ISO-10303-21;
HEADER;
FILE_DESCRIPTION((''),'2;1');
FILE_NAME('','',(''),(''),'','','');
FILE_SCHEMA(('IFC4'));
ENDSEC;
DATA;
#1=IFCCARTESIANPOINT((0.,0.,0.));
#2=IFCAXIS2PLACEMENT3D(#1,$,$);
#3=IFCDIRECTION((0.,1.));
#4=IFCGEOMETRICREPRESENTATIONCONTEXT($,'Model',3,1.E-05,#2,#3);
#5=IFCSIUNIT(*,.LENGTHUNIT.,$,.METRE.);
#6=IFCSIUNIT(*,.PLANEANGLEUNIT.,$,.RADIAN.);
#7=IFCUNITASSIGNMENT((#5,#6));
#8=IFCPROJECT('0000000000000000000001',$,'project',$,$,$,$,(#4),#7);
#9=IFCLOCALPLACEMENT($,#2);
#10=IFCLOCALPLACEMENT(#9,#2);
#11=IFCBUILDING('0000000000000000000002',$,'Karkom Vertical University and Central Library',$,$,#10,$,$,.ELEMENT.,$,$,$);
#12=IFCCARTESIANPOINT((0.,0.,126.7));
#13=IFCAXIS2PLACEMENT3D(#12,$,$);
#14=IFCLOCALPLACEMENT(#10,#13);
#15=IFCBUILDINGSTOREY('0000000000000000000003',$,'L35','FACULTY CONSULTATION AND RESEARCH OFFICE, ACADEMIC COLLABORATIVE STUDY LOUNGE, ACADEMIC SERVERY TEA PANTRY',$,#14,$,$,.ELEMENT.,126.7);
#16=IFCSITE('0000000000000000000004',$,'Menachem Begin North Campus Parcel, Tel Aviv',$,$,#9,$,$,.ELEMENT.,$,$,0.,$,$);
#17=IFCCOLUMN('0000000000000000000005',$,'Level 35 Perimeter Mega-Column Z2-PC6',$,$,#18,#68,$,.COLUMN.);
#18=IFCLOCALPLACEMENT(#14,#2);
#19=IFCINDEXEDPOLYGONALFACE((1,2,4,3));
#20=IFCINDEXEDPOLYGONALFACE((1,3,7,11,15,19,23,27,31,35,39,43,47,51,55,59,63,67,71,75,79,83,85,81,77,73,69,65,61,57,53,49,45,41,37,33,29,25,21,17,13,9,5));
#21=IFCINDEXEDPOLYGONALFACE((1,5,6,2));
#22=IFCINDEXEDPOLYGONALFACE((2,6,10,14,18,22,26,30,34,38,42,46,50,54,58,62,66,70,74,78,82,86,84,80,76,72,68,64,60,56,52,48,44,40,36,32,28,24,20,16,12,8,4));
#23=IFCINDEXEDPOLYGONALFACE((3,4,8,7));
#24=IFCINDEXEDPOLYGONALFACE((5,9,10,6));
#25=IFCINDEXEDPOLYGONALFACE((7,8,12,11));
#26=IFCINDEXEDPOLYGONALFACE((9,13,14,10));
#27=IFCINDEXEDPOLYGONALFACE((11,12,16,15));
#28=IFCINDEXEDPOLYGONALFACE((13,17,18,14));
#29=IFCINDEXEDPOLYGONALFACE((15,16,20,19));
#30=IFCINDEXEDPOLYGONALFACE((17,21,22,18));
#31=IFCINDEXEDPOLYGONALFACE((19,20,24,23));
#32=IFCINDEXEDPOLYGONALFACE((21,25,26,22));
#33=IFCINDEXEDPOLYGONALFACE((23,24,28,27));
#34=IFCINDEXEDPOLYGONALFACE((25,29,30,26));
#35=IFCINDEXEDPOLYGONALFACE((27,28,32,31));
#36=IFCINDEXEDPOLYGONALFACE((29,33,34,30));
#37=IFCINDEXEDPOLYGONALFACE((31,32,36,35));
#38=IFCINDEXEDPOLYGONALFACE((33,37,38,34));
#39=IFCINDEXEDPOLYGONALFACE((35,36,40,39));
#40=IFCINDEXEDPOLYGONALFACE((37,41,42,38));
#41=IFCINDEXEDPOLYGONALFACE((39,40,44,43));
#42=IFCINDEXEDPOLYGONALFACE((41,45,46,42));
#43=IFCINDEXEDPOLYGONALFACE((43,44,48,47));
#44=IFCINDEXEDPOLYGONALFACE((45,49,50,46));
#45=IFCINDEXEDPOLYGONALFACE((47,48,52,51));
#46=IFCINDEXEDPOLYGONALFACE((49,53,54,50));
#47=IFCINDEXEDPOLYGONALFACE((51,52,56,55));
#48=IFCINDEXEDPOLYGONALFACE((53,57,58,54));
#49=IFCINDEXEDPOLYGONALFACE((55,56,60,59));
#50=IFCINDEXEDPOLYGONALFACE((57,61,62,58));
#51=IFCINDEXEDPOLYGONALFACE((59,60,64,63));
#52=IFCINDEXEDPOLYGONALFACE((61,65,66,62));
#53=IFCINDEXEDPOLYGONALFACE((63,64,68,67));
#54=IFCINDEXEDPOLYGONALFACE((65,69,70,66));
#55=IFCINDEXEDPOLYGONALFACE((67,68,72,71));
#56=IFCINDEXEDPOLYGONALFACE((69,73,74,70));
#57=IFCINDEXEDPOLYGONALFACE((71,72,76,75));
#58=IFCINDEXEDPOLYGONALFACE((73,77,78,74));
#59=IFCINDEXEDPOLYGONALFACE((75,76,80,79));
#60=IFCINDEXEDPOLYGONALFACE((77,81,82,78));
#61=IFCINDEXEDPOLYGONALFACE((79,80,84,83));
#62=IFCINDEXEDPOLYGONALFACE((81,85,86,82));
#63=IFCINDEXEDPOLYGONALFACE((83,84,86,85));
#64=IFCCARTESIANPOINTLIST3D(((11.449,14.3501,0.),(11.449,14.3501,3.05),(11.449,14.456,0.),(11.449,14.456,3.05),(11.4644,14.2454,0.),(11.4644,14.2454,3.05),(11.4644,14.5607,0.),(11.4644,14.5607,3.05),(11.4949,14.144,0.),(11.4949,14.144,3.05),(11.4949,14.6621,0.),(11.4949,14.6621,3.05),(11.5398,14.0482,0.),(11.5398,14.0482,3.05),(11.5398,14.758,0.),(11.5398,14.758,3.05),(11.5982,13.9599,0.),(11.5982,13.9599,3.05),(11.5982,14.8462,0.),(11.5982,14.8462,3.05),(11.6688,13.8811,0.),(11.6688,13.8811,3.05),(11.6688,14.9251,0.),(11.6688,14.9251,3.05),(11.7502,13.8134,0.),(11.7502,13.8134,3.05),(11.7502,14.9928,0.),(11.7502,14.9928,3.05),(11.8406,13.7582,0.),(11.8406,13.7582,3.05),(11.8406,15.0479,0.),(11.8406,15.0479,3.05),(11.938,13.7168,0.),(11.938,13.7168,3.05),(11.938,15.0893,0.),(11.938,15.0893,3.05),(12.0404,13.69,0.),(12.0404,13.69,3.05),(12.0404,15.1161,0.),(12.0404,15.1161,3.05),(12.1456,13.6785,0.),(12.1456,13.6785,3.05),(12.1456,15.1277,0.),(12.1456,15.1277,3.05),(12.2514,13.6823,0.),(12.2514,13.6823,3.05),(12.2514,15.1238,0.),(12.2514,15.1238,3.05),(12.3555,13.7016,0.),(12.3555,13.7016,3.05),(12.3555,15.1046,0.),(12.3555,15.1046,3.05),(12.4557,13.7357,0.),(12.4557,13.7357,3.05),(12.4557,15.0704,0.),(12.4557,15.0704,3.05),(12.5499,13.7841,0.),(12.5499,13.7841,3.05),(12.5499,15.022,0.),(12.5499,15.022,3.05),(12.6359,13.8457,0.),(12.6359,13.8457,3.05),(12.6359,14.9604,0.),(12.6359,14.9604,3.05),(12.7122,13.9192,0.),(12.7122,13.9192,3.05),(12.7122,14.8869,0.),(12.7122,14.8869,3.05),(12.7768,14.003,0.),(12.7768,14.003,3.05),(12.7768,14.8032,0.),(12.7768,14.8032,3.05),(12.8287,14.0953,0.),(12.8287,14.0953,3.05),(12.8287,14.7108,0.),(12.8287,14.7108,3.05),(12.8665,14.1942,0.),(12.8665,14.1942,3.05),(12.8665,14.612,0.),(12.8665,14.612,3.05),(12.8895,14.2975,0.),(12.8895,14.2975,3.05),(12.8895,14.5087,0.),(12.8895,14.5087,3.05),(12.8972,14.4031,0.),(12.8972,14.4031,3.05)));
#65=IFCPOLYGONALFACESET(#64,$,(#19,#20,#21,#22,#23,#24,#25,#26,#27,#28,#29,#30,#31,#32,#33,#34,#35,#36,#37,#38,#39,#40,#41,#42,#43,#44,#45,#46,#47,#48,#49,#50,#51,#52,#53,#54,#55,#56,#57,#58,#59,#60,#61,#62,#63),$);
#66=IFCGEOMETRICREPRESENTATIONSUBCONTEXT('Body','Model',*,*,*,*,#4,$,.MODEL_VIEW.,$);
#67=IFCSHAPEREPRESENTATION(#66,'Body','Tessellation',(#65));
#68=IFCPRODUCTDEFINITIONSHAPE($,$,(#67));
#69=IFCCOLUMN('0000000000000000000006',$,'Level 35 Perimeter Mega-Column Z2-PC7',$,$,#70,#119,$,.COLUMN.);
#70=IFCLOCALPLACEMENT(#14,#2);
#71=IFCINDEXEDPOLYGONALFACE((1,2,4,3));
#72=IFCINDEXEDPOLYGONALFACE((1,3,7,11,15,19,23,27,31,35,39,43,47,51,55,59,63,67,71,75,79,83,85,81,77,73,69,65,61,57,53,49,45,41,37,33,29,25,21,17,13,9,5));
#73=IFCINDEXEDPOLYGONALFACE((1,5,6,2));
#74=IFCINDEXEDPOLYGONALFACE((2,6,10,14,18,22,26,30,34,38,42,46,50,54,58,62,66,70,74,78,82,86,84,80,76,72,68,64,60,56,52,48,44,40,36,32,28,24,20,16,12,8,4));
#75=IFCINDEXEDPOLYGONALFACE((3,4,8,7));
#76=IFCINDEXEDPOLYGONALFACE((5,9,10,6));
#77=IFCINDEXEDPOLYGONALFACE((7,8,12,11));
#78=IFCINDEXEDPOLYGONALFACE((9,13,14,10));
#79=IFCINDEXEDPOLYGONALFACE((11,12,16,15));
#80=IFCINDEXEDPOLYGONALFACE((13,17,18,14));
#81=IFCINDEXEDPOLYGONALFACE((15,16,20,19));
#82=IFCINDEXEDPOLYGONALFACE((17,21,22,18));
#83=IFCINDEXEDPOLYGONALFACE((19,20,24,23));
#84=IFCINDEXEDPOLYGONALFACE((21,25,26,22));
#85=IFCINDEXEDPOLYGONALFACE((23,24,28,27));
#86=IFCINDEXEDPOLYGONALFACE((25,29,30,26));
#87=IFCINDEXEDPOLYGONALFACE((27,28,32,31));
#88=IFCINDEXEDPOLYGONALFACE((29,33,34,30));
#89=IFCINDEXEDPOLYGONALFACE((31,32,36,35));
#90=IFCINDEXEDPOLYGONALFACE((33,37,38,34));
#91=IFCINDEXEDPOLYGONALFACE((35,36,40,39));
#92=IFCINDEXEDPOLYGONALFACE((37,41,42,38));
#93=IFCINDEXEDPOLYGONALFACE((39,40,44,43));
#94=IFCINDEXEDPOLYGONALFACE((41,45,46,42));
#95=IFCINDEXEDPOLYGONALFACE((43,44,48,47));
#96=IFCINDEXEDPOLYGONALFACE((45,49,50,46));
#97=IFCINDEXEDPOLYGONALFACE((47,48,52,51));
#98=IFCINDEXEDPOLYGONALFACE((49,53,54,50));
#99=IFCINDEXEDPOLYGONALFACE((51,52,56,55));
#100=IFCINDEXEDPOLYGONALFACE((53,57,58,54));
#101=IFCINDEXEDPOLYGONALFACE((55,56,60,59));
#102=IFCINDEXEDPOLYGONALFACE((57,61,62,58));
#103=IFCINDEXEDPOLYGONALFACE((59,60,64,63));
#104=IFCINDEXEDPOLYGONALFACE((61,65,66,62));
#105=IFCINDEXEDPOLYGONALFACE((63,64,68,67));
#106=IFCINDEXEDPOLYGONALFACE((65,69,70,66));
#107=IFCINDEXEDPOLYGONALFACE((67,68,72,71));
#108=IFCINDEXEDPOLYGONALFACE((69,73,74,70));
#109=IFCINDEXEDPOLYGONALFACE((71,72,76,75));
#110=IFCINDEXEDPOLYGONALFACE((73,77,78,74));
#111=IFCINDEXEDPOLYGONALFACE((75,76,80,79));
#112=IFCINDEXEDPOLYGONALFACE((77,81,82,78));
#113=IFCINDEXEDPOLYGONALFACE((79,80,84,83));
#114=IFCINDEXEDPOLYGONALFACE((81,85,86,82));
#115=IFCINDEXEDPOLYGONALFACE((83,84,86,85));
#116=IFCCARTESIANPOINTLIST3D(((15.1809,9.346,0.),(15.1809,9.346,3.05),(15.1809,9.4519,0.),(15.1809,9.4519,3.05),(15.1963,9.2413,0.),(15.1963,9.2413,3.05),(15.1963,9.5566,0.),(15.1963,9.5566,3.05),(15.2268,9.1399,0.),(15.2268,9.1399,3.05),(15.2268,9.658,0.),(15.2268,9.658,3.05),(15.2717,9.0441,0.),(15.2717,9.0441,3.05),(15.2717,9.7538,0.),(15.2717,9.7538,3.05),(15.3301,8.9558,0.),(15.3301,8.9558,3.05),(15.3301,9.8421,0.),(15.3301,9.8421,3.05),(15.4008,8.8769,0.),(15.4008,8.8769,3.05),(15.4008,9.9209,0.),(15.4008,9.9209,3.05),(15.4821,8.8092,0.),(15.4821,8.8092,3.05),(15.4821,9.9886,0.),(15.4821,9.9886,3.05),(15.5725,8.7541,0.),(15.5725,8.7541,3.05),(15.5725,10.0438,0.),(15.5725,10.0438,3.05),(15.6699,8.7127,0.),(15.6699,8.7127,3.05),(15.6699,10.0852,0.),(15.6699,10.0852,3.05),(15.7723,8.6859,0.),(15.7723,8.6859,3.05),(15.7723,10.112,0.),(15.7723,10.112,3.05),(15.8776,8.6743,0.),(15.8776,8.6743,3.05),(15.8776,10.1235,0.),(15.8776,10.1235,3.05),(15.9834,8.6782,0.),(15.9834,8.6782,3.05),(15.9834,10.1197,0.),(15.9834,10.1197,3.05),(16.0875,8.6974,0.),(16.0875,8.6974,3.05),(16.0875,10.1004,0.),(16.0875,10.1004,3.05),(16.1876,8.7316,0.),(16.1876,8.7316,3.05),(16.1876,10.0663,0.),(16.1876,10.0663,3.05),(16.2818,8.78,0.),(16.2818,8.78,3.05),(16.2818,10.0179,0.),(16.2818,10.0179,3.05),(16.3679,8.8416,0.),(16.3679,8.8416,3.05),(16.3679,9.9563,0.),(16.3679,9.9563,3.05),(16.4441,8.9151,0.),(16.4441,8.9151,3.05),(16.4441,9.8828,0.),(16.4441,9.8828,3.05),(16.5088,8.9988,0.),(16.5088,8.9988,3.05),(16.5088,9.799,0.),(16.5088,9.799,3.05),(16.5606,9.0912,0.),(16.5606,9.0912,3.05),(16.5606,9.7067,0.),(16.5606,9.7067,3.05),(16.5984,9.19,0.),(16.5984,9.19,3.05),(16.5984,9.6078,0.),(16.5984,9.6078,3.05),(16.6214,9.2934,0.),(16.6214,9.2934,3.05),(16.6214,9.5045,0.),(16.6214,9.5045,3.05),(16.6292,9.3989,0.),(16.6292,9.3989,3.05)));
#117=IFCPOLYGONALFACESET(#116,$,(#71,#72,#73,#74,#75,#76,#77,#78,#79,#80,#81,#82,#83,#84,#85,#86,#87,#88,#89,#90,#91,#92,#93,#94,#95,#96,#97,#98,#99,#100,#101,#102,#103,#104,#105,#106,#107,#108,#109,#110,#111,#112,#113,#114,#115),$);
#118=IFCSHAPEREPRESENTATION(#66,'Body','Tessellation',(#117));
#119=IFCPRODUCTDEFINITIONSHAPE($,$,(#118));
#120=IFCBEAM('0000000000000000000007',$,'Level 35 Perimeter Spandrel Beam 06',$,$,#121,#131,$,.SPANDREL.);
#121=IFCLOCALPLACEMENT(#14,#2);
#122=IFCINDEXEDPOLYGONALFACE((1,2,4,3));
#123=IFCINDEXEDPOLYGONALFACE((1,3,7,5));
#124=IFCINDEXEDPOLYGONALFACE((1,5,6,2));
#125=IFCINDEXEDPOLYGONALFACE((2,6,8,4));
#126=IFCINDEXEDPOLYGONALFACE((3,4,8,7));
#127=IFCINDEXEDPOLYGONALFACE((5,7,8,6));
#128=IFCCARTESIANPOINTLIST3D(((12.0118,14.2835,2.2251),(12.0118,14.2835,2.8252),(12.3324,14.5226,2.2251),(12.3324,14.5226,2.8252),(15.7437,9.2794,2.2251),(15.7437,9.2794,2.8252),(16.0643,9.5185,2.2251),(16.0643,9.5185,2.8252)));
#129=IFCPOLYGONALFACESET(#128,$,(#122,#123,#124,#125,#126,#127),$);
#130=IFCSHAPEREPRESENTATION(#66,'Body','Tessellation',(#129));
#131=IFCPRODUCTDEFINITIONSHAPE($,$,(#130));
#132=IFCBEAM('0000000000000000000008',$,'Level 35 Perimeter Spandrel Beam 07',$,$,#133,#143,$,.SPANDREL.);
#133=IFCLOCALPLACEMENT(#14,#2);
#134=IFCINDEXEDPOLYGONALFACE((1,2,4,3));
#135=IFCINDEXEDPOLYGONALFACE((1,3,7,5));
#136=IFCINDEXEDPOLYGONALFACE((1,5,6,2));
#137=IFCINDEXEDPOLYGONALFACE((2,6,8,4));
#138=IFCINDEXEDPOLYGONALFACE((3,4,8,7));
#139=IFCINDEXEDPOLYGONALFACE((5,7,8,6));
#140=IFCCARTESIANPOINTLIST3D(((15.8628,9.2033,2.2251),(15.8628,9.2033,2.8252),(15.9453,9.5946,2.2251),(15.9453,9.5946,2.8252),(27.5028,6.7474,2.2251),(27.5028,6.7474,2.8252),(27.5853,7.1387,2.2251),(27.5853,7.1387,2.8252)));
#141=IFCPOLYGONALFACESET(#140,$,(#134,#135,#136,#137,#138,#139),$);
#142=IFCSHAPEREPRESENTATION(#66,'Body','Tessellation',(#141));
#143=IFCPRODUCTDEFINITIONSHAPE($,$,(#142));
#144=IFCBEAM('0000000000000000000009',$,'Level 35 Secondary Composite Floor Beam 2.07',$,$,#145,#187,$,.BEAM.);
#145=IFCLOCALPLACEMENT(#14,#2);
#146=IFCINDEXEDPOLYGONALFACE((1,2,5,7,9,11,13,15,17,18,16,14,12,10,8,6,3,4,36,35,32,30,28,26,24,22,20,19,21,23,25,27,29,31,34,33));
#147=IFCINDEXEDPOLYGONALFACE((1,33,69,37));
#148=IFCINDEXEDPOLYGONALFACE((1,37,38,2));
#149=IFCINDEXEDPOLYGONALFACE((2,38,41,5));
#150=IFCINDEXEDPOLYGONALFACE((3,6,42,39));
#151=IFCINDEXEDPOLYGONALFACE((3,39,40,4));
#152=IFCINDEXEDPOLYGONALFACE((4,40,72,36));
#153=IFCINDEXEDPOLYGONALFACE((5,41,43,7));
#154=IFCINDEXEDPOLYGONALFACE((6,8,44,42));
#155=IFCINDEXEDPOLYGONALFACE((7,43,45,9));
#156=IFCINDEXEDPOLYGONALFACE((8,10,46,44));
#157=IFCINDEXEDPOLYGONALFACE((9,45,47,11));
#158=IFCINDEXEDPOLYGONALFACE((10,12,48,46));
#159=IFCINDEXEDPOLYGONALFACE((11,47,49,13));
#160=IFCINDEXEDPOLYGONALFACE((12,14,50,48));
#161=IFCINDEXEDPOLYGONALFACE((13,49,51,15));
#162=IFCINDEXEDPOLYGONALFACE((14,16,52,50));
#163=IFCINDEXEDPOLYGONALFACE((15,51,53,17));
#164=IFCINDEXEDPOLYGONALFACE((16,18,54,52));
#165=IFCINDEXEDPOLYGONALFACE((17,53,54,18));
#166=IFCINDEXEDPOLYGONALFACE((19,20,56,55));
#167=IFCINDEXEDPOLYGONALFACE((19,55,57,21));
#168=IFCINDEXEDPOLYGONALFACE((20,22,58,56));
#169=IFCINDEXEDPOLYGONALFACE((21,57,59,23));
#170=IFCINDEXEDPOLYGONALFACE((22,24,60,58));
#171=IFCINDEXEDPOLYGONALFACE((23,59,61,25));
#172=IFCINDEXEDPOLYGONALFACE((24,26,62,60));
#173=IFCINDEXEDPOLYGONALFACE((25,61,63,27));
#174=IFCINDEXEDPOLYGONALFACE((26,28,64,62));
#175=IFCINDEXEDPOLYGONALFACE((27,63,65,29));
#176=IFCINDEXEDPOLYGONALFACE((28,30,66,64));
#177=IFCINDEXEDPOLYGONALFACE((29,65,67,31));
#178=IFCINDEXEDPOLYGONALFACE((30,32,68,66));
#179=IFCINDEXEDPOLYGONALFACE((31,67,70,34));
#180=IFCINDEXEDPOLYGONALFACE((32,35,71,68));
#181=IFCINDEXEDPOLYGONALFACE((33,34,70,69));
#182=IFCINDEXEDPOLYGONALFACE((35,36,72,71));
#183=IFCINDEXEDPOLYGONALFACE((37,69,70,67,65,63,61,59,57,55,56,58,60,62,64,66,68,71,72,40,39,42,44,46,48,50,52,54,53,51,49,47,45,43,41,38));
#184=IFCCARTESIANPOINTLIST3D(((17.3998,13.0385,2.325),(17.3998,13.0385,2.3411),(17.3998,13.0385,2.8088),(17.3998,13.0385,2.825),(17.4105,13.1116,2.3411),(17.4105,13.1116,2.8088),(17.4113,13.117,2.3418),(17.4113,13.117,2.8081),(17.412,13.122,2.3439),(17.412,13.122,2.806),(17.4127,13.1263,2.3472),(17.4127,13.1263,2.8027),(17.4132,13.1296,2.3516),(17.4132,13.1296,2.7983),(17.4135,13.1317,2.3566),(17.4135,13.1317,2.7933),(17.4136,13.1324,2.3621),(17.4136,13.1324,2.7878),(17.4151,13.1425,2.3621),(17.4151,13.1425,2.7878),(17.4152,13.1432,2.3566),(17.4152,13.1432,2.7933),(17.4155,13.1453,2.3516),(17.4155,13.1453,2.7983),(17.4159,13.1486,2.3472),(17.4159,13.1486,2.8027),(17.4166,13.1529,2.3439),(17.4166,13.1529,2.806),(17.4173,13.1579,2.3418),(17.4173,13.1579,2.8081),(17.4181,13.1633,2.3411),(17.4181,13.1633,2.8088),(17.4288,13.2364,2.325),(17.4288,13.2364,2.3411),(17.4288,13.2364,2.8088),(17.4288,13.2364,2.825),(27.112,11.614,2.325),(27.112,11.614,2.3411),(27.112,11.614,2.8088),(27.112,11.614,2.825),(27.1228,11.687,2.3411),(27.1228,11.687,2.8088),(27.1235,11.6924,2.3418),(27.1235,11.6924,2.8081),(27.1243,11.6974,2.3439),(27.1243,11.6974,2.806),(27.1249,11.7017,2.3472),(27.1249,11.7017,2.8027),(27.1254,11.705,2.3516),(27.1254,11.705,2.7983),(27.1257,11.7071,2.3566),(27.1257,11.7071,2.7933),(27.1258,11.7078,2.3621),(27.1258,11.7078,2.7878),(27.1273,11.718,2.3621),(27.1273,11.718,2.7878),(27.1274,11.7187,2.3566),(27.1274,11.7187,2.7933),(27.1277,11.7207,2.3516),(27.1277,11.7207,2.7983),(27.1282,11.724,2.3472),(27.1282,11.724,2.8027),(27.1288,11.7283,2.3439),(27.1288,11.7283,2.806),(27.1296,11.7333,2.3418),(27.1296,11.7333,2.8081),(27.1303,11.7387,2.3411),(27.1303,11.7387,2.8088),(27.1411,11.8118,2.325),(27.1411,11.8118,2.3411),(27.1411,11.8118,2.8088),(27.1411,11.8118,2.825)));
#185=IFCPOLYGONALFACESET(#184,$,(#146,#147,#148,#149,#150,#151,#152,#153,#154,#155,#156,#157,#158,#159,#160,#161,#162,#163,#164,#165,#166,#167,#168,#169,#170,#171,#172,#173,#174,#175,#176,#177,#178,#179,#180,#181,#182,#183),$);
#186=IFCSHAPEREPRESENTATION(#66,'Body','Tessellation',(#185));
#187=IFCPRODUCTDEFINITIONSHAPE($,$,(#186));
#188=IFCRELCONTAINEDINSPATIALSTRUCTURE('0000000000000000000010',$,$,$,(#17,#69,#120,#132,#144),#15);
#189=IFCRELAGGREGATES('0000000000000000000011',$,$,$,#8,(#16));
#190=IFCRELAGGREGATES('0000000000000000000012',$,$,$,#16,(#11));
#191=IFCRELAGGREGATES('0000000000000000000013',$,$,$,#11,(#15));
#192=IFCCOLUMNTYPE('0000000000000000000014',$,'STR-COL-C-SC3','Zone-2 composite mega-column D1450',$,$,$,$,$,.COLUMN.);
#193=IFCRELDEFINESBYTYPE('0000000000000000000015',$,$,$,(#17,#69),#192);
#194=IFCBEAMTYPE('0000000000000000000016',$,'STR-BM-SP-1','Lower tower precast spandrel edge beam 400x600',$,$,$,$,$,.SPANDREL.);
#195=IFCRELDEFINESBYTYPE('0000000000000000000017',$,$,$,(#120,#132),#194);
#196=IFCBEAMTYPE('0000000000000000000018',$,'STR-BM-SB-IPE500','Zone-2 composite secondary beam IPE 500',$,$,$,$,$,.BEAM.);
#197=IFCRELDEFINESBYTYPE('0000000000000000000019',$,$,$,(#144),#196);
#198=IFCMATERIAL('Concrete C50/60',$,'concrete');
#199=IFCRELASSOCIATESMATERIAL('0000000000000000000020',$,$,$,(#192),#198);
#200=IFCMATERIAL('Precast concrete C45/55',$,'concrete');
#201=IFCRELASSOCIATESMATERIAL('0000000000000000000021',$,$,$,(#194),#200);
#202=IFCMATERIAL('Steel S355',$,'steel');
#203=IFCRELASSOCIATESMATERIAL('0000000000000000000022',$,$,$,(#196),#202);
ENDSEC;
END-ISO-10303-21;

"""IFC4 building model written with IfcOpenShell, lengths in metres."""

from ifc_helpers import new_model, si_unit, direction, frame, origin, origin_with_axes, origin_2d, place, context, subcontext, project, spatial, rectangle, circle, i_section, extrude, source, transform, mapped, material, material_profile, profile_set, type_object, element, save


model = new_model("IFC4")

# Units and contexts
model_context = context("Model", 3, precision=1e-05, world=origin(), true_north=direction((0.0, 1.0)))
body_context = subcontext(model_context, "Body", "Model", "MODEL_VIEW")
ifc_project = project(units=[si_unit("LENGTHUNIT", "METRE"), si_unit("PLANEANGLEUNIT", "RADIAN")], contexts=[model_context])

# Site, building, storey
site_placement = place(None, origin())
site = spatial("IfcSite", under=ifc_project, at=site_placement, Name="Menachem Begin North Campus Parcel, Tel Aviv", CompositionType="ELEMENT", RefElevation=0.0)
building_placement = place(site_placement, origin())
building = spatial("IfcBuilding", under=site, at=building_placement, Name="Karkom Vertical University and Central Library", CompositionType="ELEMENT")
storey_placement = place(building_placement, frame((0.0, 0.0, 126.7)))
storey = spatial("IfcBuildingStorey", under=building, at=storey_placement, Name="L35", Description="FACULTY CONSULTATION AND RESEARCH OFFICE, ACADEMIC COLLABORATIVE STUDY LOUNGE, ACADEMIC SERVERY TEA PANTRY", CompositionType="ELEMENT", Elevation=126.7)

# Columns
ifc_material_1 = material(Name="Concrete C50/60", Category="concrete")
ifc_material_profile_1 = material_profile(ifc_material_1, circle(Radius=0.7251, at=origin_2d()), Name="CFT-D1450")
ifc_profile_set_1 = profile_set([ifc_material_profile_1], Name="Concrete C50/60")
column_type = type_object("IfcColumnType", Name="STR-COL-C-SC3", Description="Zone-2 composite mega-column D1450", PredefinedType="COLUMN", material=ifc_profile_set_1)
shared_shape_1 = source(origin_with_axes(), body_context, "Body", "SweptSolid", [
    extrude(circle(Radius=0.7251, at=origin_2d()), origin(), (0.0, 0.0, 1.0), 3.05),
])
for number, where, z_axis, x_axis, name in (
    (1, (12.1721, 14.4031, 0.0), (0.0, 0.0, 1.0), (1.0, 0.0, 0.0), "Level 35 Perimeter Mega-Column Z2-PC6"),
    (2, (15.9041, 9.3989, 0.0), (0.0, 0.0, 1.0), (1.0, 0.0, 0.0), "Level 35 Perimeter Mega-Column Z2-PC7"),
):
    element("IfcColumn", number, at=place(storey_placement, frame(where, z_axis=z_axis, x_axis=x_axis)), inside=storey, type_object=column_type, Name=name, PredefinedType="COLUMN", context=body_context, shape_type="MappedRepresentation", body=[
        mapped(shared_shape_1, transform((0.0, 0.0, 0.0), scale=1.0)),
    ])

# Beams
ifc_material_2 = material(Name="Precast concrete C45/55", Category="concrete")
ifc_material_profile_2 = material_profile(ifc_material_2, rectangle(XDim=0.3999, YDim=0.6001, at=origin_2d()), Name="SPB-400x600")
ifc_profile_set_2 = profile_set([ifc_material_profile_2], Name="Precast concrete C45/55")
beam_type_1 = type_object("IfcBeamType", Name="STR-BM-SP-1", Description="Lower tower precast spandrel edge beam 400x600", PredefinedType="SPANDREL", material=ifc_profile_set_2)
shared_shape_2 = source(origin_with_axes(), body_context, "Body", "SweptSolid", [
    extrude(rectangle(XDim=0.3999, YDim=0.6001, at=origin_2d()), origin(), (0.0, 0.0, 1.0), 6.2424),
])
beam_1_placement = place(storey_placement, frame((12.1721, 14.4031, 2.5251), z_axis=(0.597826, -0.801626, 0.0), x_axis=(0.801626, 0.597826, 0.0)))
element("IfcBeam", 3, at=beam_1_placement, inside=storey, type_object=beam_type_1, Name="Level 35 Perimeter Spandrel Beam 06", PredefinedType="SPANDREL", context=body_context, shape_type="MappedRepresentation", body=[
    mapped(shared_shape_2, transform((0.0, 0.0, 0.0), scale=1.0)),
])
shared_shape_3 = source(origin_with_axes(), body_context, "Body", "SweptSolid", [
    extrude(rectangle(XDim=0.3999, YDim=0.6001, at=origin_2d()), origin(), (0.0, 0.0, 1.0), 11.8962),
])
beam_2_placement = place(storey_placement, frame((15.9041, 9.3989, 2.5251), z_axis=(0.97846, -0.206438, 0.0), x_axis=(0.206438, 0.97846, 0.0)))
element("IfcBeam", 4, at=beam_2_placement, inside=storey, type_object=beam_type_1, Name="Level 35 Perimeter Spandrel Beam 07", PredefinedType="SPANDREL", context=body_context, shape_type="MappedRepresentation", body=[
    mapped(shared_shape_3, transform((0.0, 0.0, 0.0), scale=1.0)),
])
ifc_material_3 = material(Name="Steel S355", Category="steel")
ifc_material_profile_3 = material_profile(ifc_material_3, i_section(OverallWidth=0.2, OverallDepth=0.5, WebThickness=0.0103, FlangeThickness=0.0161, FilletRadius=0.021, at=origin_2d()), Name="IPE 500")
ifc_profile_set_3 = profile_set([ifc_material_profile_3], Name="Steel S355")
beam_type_2 = type_object("IfcBeamType", Name="STR-BM-SB-IPE500", Description="Zone-2 composite secondary beam IPE 500", PredefinedType="BEAM", material=ifc_profile_set_3)
shared_shape_4 = source(origin_with_axes(), body_context, "Body", "SweptSolid", [
    extrude(i_section(OverallWidth=0.2, OverallDepth=0.5, WebThickness=0.0103, FlangeThickness=0.0161, FilletRadius=0.021, at=origin_2d()), origin(), (0.0, 0.0, 1.0), 9.8162),
])
beam_3_placement = place(storey_placement, frame((17.4143, 13.1375, 2.575), z_axis=(0.989413, -0.145125, 0.0), x_axis=(0.145125, 0.989413, 0.0)))
element("IfcBeam", 5, at=beam_3_placement, inside=storey, type_object=beam_type_2, Name="Level 35 Secondary Composite Floor Beam 2.07", PredefinedType="BEAM", context=body_context, shape_type="MappedRepresentation", body=[
    mapped(shared_shape_4, transform((0.0, 0.0, 0.0), scale=1.0)),
])

save(model, "model.ifc")
